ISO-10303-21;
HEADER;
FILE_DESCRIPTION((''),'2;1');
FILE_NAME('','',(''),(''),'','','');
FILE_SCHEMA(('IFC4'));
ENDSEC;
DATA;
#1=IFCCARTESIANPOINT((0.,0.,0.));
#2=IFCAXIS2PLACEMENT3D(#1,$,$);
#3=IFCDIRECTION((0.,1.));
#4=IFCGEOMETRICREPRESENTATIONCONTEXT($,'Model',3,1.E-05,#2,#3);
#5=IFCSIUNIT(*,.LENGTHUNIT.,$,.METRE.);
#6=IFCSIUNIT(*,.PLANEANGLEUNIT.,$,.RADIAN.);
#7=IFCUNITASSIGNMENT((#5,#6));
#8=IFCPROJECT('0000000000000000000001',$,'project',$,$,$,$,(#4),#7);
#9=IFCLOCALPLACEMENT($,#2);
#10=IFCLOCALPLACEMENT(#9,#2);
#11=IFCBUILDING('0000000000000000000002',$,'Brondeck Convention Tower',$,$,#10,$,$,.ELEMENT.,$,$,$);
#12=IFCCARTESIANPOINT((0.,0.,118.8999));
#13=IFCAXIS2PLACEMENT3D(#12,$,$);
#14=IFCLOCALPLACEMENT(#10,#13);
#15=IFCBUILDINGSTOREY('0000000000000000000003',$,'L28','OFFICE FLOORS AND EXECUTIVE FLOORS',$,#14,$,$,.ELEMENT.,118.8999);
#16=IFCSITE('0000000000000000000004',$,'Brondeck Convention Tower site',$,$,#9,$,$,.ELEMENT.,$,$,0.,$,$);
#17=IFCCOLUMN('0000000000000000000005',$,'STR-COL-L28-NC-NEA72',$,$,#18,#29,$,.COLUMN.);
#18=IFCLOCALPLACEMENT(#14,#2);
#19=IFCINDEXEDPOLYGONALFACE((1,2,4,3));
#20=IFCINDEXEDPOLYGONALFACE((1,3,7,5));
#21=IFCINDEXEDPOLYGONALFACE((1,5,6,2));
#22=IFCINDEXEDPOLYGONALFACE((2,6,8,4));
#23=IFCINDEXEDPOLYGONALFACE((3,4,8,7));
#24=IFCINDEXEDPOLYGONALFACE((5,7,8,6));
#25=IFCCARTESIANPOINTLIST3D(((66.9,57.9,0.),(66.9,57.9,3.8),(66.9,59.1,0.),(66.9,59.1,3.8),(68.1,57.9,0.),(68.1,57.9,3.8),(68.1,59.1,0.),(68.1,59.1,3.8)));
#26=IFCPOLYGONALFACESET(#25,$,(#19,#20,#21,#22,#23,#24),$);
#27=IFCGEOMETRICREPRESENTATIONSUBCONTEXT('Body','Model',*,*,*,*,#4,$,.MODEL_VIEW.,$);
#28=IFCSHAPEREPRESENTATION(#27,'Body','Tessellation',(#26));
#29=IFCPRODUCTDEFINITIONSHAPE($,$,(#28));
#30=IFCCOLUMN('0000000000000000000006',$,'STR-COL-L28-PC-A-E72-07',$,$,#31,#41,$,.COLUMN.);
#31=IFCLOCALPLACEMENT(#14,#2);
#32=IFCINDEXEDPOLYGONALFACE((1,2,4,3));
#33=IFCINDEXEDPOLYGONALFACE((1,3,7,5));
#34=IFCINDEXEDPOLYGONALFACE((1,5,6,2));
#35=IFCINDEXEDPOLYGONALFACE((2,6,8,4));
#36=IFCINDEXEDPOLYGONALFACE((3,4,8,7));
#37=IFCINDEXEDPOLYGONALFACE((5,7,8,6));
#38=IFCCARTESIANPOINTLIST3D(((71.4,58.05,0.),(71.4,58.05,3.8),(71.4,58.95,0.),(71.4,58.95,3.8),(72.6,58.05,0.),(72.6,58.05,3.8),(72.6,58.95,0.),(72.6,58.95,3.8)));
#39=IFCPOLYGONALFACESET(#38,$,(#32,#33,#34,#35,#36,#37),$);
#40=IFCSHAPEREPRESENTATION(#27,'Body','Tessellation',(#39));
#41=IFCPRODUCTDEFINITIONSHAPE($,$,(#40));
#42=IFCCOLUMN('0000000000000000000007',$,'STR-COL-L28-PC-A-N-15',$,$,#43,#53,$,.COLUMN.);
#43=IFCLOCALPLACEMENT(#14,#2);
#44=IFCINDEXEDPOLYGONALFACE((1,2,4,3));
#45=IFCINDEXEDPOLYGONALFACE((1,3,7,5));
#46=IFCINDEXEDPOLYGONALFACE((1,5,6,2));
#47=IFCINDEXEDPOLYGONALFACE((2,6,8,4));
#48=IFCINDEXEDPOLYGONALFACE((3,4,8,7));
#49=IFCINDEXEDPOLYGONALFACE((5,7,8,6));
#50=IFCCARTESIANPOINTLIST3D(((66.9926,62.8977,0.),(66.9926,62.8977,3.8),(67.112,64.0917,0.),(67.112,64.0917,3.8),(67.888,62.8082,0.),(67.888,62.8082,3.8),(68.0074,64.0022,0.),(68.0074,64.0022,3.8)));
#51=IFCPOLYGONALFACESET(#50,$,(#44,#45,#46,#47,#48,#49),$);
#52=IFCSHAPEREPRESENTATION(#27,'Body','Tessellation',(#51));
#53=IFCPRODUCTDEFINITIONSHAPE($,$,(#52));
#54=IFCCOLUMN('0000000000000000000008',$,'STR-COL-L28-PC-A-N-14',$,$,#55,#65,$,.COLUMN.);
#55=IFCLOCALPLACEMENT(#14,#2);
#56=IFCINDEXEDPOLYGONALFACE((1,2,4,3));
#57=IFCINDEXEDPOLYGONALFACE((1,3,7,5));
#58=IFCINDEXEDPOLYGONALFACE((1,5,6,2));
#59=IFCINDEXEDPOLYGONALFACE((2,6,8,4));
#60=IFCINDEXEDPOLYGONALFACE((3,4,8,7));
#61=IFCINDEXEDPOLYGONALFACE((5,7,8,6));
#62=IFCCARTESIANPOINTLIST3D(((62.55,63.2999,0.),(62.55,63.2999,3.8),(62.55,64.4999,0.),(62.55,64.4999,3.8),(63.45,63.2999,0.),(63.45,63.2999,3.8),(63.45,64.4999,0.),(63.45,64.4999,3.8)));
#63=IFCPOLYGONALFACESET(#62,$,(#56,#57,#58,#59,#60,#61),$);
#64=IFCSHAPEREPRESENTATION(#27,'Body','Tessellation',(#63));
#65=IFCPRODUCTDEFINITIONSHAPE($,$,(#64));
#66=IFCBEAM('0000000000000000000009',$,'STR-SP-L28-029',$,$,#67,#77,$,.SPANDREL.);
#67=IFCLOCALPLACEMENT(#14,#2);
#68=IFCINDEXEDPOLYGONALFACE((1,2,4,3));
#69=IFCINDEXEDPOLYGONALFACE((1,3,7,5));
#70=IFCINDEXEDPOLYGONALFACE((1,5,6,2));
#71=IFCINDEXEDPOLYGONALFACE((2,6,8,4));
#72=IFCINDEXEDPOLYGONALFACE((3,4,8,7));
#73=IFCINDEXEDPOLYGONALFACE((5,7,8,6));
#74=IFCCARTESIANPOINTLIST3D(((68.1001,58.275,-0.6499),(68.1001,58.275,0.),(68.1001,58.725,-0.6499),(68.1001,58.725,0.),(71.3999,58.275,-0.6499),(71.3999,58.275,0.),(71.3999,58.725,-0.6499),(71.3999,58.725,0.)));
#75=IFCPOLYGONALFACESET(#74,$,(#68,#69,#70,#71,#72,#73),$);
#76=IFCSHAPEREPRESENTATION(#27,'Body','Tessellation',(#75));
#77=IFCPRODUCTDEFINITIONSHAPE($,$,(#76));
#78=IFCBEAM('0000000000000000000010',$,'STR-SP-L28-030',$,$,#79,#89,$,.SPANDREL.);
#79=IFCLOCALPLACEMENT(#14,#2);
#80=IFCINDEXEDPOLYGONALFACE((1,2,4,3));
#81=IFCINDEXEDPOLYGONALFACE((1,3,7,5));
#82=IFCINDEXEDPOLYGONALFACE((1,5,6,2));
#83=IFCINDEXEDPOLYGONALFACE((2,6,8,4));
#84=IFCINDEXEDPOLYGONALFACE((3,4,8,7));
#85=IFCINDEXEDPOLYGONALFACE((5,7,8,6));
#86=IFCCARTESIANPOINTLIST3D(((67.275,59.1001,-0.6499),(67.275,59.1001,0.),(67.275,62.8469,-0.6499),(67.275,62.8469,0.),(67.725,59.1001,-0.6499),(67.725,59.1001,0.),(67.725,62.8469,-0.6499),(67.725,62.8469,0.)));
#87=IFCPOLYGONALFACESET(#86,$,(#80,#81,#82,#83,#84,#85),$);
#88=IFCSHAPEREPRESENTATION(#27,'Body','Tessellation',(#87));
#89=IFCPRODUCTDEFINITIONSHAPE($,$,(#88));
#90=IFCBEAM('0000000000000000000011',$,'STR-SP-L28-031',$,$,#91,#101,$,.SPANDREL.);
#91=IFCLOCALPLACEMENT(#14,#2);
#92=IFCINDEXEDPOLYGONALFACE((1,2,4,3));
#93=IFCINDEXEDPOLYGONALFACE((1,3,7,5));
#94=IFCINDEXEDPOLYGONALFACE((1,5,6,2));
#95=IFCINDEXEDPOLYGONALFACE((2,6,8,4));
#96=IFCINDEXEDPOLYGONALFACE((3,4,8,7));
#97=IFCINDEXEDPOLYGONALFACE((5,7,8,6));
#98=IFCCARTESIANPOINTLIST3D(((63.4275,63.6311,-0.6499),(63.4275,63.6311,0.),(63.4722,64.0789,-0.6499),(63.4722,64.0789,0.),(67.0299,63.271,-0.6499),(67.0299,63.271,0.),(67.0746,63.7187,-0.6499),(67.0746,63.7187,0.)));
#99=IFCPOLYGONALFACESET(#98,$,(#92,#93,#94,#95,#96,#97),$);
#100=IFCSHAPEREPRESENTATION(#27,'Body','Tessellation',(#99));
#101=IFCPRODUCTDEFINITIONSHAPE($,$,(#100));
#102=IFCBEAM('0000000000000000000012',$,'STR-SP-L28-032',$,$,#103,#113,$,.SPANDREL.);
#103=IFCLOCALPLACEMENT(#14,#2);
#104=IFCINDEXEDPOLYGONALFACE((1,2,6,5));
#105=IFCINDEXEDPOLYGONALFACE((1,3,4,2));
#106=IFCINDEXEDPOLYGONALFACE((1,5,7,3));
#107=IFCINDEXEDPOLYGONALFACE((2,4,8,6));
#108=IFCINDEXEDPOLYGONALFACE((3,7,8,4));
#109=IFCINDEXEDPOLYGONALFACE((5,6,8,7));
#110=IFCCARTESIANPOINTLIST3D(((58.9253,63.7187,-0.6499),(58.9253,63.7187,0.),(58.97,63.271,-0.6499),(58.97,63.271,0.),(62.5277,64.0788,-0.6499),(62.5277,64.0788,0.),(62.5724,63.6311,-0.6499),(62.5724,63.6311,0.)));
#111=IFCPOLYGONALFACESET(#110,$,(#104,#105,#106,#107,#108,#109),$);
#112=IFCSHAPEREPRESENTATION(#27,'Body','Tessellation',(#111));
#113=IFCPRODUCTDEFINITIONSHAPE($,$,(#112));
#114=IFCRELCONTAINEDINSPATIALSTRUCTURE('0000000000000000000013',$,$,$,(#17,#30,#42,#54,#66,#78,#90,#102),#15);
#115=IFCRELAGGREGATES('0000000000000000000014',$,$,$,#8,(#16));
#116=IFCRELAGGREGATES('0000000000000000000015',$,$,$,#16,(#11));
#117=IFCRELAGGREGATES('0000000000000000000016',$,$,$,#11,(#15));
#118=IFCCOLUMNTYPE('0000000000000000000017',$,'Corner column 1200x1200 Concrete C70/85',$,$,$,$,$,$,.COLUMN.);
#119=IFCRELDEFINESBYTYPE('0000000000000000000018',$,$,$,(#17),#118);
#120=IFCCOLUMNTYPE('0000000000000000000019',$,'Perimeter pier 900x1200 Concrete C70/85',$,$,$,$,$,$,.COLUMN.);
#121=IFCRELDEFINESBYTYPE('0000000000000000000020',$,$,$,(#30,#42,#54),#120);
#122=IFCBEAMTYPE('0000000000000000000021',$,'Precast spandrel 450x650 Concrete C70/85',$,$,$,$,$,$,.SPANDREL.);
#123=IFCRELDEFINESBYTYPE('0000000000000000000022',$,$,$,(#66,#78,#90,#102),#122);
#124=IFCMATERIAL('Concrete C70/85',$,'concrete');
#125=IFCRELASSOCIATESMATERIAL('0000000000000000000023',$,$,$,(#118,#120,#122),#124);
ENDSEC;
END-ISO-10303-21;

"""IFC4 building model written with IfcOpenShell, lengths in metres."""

from ifc_helpers import new_model, si_unit, direction, frame, origin, origin_2d, place, context, subcontext, project, spatial, rectangle, extrude, material, material_profile, profile_set, type_object, element, save


model = new_model("IFC4")

# Units and contexts
model_context = context("Model", 3, precision=1e-05, world=origin(), true_north=direction((0.0, 1.0)))
body_context = subcontext(model_context, "Body", "Model", "MODEL_VIEW")
ifc_project = project(units=[si_unit("LENGTHUNIT", "METRE"), si_unit("PLANEANGLEUNIT", "RADIAN")], contexts=[model_context])

# Site, building, storey
site_placement = place(None, origin())
site = spatial("IfcSite", under=ifc_project, at=site_placement, Name="Brondeck Convention Tower site", CompositionType="ELEMENT", RefElevation=0.0)
building_placement = place(site_placement, origin())
building = spatial("IfcBuilding", under=site, at=building_placement, Name="Brondeck Convention Tower", CompositionType="ELEMENT")
storey_placement = place(building_placement, frame((0.0, 0.0, 118.8999)))
storey = spatial("IfcBuildingStorey", under=building, at=storey_placement, Name="L28", Description="OFFICE FLOORS AND EXECUTIVE FLOORS", CompositionType="ELEMENT", Elevation=118.8999)

# Columns
ifc_material_1 = material(Name="Concrete C70/85", Category="concrete")
ifc_material_profile_1 = material_profile(ifc_material_1, rectangle(XDim=1.2, YDim=1.2, at=origin_2d()), Name="Corner column 1200x1200 Concrete C70/85")
ifc_profile_set_1 = profile_set([ifc_material_profile_1], Name="Concrete C70/85")
column_type_1 = type_object("IfcColumnType", Name="Corner column 1200x1200 Concrete C70/85", PredefinedType="COLUMN", material=ifc_profile_set_1)
column_placement = place(storey_placement, frame((67.5, 58.5, 0.0), z_axis=(0.0, 0.0, 1.0), x_axis=(1.0, 0.0, 0.0)))
element("IfcColumn", 1, at=column_placement, inside=storey, type_object=column_type_1, Name="STR-COL-L28-NC-NEA72", PredefinedType="COLUMN", context=body_context, shape_type="SweptSolid", body=[
    extrude(rectangle(XDim=1.2, YDim=1.2, at=origin_2d()), origin(), (0.0, 0.0, 1.0), 3.8),
])
ifc_material_profile_2 = material_profile(ifc_material_1, rectangle(XDim=0.8999, YDim=1.2, at=origin_2d()), Name="Perimeter pier 900x1200 Concrete C70/85")
ifc_profile_set_2 = profile_set([ifc_material_profile_2], Name="Concrete C70/85")
column_type_2 = type_object("IfcColumnType", Name="Perimeter pier 900x1200 Concrete C70/85", PredefinedType="COLUMN", material=ifc_profile_set_2)
for number, where, z_axis, x_axis, name in (
    (2, (72.0, 58.5, 0.0), (0.0, 0.0, 1.0), (0.0, 1.0, 0.0), "STR-COL-L28-PC-A-E72-07"),
    (3, (67.5, 63.45, 0.0), (0.0, 0.0, 1.0), (-0.995037, 0.099504, 0.0), "STR-COL-L28-PC-A-N-15"),
    (4, (63.0, 63.8999, 0.0), (0.0, 0.0, 1.0), (-1.0, 0.0, 0.0), "STR-COL-L28-PC-A-N-14"),
):
    element("IfcColumn", number, at=place(storey_placement, frame(where, z_axis=z_axis, x_axis=x_axis)), inside=storey, type_object=column_type_2, Name=name, PredefinedType="COLUMN", context=body_context, shape_type="SweptSolid", body=[
        extrude(rectangle(XDim=0.8999, YDim=1.2, at=origin_2d()), origin(), (0.0, 0.0, 1.0), 3.8),
    ])

# Beams
ifc_material_profile_3 = material_profile(ifc_material_1, rectangle(XDim=0.45, YDim=0.6499, at=origin_2d()), Name="Precast spandrel 450x650 Concrete C70/85")
ifc_profile_set_3 = profile_set([ifc_material_profile_3], Name="Concrete C70/85")
beam_type = type_object("IfcBeamType", Name="Precast spandrel 450x650 Concrete C70/85", PredefinedType="SPANDREL", material=ifc_profile_set_3)
beam_1_placement = place(storey_placement, frame((71.3999, 58.5, -0.325), z_axis=(-1.0, 0.0, 0.0), x_axis=(0.0, -1.0, 0.0)))
element("IfcBeam", 5, at=beam_1_placement, inside=storey, type_object=beam_type, Name="STR-SP-L28-029", PredefinedType="SPANDREL", context=body_context, shape_type="SweptSolid", body=[
    extrude(rectangle(XDim=0.45, YDim=0.6499, at=origin_2d()), origin(), (0.0, 0.0, 1.0), 3.2998),
])
beam_2_placement = place(storey_placement, frame((67.5, 59.1001, -0.325), z_axis=(0.0, 1.0, 0.0), x_axis=(-1.0, 0.0, 0.0)))
element("IfcBeam", 6, at=beam_2_placement, inside=storey, type_object=beam_type, Name="STR-SP-L28-030", PredefinedType="SPANDREL", context=body_context, shape_type="SweptSolid", body=[
    extrude(rectangle(XDim=0.45, YDim=0.6499, at=origin_2d()), origin(), (0.0, 0.0, 1.0), 3.7468),
])
for number, where, z_axis, x_axis, name in (
    (7, (67.0522, 63.4949, -0.325), (-0.995041, 0.09947, 0.0), (-0.09947, -0.995041, 0.0), "STR-SP-L28-031"),
    (8, (62.55, 63.855, -0.325), (-0.995041, -0.09947, 0.0), (0.09947, -0.995041, 0.0), "STR-SP-L28-032"),
):
    element("IfcBeam", number, at=place(storey_placement, frame(where, z_axis=z_axis, x_axis=x_axis)), inside=storey, type_object=beam_type, Name=name, PredefinedType="SPANDREL", context=body_context, shape_type="SweptSolid", body=[
        extrude(rectangle(XDim=0.45, YDim=0.6499, at=origin_2d()), origin(), (0.0, 0.0, 1.0), 3.6204),
    ])

save(model, "model.ifc")
